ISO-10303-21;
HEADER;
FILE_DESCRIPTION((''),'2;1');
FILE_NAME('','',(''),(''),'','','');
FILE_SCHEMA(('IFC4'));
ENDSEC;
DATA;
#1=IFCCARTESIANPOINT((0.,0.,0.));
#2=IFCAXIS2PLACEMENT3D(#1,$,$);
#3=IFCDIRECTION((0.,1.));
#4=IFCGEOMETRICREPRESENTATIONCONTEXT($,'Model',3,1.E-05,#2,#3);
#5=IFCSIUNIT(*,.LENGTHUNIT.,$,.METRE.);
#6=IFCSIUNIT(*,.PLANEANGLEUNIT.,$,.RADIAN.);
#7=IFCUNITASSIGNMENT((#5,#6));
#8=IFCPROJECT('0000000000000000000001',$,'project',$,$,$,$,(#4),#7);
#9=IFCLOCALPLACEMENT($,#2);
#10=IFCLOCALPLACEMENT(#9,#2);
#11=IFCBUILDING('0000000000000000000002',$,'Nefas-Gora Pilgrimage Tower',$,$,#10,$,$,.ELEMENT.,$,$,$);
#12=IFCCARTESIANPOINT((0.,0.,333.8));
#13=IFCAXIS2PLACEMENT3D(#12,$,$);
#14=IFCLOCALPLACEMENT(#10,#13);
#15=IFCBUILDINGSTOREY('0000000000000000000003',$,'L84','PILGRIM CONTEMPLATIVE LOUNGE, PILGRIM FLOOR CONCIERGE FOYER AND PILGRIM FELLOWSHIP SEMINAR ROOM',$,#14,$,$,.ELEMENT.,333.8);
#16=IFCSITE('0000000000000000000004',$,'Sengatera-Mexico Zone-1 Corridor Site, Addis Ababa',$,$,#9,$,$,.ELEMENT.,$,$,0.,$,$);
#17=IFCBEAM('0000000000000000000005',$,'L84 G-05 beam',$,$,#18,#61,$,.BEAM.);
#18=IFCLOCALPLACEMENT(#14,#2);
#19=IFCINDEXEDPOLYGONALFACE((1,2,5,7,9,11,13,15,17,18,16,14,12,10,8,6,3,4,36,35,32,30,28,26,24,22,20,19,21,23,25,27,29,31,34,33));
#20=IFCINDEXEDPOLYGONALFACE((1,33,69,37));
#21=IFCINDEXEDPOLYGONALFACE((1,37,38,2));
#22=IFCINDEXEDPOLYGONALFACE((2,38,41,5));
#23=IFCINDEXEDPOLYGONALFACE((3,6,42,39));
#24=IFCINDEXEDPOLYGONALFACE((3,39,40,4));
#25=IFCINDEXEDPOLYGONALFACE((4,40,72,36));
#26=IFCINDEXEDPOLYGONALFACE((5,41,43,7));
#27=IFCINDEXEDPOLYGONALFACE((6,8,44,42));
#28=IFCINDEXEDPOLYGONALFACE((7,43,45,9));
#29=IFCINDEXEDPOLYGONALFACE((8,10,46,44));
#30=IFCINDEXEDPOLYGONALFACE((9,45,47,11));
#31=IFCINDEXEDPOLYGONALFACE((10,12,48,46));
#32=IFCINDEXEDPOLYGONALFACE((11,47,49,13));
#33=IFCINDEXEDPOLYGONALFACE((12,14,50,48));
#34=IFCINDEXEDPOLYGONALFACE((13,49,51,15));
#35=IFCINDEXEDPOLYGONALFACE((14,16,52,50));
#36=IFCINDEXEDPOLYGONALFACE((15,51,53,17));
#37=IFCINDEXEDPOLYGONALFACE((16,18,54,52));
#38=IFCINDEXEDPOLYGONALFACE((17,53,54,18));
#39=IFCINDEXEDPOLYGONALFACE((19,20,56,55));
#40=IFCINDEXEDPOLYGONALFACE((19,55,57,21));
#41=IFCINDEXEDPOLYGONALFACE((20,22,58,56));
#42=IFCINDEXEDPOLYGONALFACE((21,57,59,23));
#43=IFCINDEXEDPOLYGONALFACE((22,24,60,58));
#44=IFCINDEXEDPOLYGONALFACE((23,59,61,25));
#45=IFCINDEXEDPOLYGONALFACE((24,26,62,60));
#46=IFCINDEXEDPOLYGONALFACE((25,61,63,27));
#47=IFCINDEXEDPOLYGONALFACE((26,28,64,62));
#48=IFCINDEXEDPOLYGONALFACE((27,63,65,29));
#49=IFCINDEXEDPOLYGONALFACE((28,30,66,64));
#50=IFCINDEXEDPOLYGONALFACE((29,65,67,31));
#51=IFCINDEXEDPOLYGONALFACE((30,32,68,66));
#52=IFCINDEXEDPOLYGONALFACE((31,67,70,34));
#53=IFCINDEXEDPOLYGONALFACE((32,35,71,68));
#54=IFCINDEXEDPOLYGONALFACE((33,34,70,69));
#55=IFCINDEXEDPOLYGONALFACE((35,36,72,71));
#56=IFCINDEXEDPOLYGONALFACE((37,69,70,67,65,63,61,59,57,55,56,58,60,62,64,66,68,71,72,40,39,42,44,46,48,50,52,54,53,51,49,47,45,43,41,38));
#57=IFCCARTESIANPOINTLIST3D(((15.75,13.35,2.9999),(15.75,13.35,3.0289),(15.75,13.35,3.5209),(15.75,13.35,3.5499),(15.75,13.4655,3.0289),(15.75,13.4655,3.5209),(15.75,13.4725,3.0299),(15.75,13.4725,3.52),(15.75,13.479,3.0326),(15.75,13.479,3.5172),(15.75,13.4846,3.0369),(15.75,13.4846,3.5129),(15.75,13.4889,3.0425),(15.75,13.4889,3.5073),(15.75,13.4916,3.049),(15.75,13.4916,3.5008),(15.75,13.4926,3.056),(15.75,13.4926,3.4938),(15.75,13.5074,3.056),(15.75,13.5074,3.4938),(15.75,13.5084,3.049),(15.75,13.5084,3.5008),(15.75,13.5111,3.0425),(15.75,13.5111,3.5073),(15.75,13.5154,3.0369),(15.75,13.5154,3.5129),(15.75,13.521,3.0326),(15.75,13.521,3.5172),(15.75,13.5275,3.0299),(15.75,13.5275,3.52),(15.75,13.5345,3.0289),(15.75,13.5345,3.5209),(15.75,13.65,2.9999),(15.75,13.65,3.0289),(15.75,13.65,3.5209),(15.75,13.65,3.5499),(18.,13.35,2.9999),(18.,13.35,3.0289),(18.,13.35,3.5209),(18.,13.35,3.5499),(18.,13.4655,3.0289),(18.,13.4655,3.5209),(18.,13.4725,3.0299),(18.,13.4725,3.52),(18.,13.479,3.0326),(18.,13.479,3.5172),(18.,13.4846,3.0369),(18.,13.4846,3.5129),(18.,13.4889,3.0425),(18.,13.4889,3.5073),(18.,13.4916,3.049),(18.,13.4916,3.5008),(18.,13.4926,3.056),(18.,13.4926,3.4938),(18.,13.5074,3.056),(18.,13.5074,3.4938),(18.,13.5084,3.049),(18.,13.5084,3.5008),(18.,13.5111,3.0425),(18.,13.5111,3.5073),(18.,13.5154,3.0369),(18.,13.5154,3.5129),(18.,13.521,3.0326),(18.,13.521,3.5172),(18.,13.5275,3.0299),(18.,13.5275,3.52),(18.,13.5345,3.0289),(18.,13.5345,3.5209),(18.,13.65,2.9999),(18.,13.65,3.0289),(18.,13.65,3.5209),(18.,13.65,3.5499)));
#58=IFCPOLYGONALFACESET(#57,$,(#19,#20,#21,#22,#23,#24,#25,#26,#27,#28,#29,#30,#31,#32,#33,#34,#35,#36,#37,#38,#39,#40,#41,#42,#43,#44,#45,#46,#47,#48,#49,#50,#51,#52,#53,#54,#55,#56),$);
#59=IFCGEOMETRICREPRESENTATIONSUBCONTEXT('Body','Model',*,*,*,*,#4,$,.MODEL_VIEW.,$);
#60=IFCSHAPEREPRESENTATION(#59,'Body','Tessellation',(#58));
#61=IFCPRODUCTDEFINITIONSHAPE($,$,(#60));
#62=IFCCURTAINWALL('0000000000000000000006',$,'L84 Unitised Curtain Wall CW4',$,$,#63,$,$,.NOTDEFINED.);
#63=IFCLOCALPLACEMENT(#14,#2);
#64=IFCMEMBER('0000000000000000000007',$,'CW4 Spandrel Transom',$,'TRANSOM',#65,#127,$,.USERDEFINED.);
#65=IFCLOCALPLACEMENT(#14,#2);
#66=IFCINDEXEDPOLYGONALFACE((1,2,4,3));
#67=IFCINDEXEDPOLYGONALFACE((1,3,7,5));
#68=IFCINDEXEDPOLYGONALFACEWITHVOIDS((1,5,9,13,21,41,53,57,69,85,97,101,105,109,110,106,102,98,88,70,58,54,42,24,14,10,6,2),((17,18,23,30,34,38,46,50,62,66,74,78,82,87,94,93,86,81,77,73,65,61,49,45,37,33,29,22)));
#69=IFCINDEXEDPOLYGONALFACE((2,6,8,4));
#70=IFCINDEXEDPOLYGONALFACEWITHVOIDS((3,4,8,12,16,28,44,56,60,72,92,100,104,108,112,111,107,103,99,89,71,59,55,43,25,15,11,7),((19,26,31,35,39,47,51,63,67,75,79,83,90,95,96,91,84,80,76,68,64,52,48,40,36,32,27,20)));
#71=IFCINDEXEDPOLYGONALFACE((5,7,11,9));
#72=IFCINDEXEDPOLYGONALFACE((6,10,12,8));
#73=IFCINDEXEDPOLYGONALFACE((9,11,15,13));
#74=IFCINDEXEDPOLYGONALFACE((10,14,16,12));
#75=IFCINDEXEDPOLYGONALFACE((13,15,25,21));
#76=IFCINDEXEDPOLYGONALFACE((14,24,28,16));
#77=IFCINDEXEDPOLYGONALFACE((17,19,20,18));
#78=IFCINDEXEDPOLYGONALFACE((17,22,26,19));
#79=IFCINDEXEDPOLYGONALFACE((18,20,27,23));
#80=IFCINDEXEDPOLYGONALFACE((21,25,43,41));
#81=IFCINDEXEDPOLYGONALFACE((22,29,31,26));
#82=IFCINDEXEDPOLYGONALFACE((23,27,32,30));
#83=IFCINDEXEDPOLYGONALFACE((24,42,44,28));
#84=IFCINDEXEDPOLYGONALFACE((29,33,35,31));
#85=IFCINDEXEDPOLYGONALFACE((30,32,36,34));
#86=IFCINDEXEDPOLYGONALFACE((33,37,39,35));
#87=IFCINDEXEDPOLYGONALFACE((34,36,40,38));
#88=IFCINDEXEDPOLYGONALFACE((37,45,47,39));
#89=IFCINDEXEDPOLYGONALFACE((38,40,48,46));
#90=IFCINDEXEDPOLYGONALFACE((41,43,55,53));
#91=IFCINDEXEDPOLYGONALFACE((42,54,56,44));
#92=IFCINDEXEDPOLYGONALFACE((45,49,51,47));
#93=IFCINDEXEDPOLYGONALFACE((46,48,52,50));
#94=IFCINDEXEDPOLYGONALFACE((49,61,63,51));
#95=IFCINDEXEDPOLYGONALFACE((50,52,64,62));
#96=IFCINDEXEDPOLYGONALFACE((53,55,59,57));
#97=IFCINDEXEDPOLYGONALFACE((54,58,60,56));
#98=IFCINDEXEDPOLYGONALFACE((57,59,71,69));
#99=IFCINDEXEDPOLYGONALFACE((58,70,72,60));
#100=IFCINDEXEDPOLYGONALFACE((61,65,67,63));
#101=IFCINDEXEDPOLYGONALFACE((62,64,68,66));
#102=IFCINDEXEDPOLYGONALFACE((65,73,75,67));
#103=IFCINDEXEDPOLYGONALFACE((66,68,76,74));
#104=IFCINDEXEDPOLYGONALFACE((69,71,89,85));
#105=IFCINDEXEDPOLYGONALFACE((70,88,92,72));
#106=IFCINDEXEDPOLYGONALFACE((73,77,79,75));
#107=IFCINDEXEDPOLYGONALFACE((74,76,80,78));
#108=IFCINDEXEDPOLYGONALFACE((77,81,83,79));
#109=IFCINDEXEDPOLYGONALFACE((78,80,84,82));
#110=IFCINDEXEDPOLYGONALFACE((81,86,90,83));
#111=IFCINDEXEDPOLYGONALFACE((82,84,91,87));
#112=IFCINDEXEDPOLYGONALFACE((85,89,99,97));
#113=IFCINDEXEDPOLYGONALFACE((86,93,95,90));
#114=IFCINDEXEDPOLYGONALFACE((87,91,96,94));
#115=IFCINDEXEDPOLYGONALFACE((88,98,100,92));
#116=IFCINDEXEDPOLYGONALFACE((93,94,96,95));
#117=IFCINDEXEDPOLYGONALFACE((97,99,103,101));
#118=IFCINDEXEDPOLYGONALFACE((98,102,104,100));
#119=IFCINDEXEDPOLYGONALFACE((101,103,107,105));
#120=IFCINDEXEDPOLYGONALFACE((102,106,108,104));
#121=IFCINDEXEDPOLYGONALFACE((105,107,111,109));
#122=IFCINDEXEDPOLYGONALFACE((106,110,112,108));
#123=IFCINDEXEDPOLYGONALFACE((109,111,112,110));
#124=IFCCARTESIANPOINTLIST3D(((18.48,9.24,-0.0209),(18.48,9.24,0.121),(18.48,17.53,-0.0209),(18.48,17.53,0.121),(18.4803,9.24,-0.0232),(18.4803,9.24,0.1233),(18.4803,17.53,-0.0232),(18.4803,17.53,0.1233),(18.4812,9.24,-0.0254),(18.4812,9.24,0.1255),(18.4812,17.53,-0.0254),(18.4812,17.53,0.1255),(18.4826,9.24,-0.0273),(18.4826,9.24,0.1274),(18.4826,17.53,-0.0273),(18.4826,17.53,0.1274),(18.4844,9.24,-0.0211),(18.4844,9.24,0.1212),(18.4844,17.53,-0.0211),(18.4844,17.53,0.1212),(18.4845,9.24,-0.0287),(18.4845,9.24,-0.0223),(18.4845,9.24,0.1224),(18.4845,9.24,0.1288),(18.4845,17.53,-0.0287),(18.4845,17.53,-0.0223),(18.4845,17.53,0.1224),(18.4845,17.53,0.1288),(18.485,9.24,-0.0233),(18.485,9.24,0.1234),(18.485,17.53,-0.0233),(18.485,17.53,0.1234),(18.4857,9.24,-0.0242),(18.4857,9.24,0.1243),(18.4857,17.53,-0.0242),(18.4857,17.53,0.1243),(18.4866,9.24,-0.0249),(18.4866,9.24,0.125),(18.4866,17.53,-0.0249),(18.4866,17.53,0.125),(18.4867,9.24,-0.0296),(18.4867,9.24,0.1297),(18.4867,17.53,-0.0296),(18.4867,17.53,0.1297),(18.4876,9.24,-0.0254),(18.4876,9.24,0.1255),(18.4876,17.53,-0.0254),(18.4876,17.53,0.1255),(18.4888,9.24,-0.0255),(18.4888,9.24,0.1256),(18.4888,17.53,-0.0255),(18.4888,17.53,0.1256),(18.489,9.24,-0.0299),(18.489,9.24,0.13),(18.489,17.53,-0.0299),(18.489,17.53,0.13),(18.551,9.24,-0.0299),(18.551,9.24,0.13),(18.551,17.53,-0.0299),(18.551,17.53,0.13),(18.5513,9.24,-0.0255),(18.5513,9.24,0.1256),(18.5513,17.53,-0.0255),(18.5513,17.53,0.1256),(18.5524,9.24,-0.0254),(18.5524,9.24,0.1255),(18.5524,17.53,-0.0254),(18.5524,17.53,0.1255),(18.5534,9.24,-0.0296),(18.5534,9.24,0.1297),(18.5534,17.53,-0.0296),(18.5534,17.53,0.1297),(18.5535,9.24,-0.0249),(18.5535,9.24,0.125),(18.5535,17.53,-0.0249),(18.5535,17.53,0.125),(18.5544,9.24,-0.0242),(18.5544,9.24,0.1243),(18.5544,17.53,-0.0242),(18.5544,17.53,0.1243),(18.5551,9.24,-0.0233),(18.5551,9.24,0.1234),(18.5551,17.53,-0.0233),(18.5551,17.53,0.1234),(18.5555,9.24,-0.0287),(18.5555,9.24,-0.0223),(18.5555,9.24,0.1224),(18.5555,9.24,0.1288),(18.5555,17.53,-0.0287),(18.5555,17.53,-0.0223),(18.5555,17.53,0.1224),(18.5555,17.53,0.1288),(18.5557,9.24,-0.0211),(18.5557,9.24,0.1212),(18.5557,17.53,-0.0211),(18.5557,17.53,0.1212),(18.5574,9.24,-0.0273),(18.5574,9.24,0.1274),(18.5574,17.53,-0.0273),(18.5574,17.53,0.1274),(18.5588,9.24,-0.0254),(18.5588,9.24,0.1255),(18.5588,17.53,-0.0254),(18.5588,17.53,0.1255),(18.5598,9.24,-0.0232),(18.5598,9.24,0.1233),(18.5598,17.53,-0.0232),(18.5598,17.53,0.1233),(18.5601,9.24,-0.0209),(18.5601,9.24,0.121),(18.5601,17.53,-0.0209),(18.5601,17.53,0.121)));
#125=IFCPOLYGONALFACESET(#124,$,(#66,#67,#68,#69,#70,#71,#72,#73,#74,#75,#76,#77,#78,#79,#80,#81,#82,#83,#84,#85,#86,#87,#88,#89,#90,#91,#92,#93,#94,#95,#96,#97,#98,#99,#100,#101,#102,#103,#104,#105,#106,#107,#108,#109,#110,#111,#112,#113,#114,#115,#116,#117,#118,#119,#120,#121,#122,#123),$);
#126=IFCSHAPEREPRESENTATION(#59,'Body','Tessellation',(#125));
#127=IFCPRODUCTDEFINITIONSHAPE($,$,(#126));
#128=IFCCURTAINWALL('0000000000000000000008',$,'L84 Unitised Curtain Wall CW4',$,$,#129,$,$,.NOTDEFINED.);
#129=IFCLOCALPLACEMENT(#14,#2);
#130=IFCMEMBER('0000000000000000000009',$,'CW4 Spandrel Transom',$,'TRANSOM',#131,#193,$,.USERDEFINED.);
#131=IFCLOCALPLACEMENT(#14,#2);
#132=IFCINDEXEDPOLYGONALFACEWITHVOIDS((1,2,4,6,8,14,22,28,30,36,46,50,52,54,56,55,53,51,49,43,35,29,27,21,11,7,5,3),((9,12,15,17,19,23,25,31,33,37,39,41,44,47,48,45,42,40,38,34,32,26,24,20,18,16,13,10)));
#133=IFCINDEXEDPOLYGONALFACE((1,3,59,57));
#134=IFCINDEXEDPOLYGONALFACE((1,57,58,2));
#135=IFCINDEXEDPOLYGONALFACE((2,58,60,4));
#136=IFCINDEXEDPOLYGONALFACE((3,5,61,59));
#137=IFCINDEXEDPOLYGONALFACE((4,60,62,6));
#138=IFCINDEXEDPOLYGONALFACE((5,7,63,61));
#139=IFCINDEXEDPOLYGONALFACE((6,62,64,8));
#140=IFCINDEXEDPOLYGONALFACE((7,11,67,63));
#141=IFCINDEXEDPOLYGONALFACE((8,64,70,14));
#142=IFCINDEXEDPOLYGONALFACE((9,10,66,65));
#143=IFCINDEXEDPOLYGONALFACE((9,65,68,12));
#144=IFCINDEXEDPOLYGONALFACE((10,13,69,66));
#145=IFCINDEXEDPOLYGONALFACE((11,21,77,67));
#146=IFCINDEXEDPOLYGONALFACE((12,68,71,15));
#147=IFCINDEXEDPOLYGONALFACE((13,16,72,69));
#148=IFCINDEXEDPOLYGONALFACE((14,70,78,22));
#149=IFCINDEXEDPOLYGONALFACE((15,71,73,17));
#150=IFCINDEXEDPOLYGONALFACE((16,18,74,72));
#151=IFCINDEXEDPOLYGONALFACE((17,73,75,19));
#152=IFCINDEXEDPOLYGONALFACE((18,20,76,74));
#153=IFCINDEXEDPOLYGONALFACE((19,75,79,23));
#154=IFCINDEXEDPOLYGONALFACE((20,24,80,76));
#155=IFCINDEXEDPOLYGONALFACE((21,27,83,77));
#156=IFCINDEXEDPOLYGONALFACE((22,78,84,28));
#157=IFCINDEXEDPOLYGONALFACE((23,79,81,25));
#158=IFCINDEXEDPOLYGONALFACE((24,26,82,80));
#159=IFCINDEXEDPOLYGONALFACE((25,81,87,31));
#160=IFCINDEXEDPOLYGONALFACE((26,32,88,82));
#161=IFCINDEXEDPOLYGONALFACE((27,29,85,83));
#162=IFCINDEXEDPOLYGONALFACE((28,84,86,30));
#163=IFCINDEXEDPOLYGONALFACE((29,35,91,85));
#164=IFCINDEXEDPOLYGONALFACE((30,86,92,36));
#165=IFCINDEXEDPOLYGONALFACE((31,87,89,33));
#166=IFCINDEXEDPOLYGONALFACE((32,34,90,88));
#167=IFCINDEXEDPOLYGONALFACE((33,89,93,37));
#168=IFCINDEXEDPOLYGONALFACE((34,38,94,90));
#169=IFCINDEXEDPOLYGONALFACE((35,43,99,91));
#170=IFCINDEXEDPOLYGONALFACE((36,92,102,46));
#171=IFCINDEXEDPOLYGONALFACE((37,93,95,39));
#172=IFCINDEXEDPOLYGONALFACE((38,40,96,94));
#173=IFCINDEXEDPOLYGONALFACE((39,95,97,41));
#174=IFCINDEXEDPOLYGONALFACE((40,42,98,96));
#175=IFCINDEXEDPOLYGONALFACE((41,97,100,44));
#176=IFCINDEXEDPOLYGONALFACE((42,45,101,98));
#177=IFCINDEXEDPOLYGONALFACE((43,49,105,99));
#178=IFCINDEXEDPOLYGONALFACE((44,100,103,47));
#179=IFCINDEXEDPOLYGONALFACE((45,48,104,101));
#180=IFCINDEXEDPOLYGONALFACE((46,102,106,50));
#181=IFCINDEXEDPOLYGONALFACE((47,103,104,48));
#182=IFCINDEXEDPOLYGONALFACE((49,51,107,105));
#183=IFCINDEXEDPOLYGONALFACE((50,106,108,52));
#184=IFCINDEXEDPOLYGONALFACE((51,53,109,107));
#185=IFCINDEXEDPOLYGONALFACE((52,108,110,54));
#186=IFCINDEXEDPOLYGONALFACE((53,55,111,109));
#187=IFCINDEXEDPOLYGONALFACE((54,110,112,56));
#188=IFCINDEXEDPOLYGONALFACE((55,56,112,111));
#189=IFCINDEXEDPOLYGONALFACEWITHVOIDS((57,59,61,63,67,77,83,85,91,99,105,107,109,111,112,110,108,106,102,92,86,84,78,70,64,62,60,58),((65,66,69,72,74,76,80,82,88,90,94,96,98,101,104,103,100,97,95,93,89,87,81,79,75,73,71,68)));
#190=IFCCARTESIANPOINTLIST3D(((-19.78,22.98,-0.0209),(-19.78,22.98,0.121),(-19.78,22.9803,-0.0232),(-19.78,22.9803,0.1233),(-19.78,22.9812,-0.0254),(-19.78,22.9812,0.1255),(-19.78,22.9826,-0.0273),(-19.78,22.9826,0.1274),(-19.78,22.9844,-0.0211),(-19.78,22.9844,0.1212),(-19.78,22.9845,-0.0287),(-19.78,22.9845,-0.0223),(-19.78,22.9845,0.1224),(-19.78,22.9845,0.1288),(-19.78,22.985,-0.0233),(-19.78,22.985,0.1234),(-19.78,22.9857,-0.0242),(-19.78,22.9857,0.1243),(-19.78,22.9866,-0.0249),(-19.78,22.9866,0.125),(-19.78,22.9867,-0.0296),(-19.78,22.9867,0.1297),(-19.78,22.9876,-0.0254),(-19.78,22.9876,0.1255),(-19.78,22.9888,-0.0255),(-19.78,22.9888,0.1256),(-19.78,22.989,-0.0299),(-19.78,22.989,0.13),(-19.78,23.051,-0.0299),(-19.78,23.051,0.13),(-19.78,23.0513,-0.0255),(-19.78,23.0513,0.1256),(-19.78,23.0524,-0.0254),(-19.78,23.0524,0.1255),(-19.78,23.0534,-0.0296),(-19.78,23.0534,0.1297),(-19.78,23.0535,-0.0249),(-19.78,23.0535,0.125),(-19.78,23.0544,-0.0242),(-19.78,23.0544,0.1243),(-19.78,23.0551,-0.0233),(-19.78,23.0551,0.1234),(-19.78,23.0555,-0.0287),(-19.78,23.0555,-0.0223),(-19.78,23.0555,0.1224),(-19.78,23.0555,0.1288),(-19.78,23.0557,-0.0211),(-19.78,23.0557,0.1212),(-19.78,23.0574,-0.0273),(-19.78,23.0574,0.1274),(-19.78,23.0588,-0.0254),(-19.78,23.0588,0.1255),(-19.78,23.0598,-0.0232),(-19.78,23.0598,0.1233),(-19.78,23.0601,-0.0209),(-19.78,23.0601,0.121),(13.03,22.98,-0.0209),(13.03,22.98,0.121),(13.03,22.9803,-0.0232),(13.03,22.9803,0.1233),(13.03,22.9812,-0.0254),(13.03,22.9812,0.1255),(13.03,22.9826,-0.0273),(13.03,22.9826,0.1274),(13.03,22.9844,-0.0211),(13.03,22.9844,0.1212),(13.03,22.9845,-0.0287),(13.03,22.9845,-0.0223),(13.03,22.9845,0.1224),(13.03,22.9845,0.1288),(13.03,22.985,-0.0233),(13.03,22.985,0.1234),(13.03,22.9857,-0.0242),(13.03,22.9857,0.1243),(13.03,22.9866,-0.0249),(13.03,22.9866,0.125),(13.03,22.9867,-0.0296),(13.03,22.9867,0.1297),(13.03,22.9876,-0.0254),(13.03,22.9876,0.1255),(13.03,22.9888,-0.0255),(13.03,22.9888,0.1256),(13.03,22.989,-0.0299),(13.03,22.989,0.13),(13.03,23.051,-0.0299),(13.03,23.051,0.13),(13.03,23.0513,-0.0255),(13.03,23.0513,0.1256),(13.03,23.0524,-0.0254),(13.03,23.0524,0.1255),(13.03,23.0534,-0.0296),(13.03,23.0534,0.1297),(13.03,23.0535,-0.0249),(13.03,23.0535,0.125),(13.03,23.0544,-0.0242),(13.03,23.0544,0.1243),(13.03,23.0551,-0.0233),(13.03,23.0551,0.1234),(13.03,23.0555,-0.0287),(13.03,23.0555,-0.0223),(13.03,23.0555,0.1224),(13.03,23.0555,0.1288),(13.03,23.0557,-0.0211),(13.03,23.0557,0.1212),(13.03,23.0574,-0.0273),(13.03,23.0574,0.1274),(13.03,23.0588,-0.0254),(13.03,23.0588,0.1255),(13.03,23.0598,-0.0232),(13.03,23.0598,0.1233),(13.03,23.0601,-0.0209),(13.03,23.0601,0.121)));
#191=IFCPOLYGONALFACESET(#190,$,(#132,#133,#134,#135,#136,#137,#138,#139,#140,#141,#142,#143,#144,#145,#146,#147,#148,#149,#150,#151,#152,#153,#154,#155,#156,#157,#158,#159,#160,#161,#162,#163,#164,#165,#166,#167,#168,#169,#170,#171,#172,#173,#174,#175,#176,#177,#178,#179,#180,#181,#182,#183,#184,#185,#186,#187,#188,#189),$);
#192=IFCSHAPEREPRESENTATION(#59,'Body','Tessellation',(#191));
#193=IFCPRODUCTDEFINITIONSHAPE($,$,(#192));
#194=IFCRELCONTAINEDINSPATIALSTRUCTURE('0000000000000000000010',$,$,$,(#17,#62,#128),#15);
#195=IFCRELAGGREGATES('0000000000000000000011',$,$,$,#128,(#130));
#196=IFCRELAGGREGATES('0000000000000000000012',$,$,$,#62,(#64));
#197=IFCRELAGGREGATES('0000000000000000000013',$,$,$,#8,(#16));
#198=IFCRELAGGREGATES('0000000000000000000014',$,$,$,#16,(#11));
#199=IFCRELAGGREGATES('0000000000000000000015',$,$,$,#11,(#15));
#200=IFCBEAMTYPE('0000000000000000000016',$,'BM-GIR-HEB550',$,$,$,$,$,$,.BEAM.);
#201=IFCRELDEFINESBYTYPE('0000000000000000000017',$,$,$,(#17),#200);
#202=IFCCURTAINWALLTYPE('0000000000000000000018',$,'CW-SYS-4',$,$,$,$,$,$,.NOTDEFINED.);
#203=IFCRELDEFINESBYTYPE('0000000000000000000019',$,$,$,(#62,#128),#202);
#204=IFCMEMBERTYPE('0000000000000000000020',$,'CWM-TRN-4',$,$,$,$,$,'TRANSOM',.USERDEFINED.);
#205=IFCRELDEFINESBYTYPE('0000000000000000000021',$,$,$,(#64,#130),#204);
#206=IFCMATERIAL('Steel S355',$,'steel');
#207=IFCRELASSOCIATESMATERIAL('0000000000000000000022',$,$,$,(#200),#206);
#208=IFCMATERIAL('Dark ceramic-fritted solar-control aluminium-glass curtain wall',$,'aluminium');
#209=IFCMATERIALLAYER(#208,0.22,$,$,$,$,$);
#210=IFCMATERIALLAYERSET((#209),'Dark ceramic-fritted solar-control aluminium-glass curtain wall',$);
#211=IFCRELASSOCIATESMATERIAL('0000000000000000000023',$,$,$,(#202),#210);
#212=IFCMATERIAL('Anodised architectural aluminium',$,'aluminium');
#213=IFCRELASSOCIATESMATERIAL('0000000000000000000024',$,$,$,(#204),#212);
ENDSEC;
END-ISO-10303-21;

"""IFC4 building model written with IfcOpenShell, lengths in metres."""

from ifc_helpers import new_model, si_unit, direction, frame, origin, origin_2d, place, context, subcontext, project, spatial, hollow_rectangle, i_section, extrude, source, transform, mapped, material, layer, layer_set, material_profile, profile_set, type_object, element, aggregate, save


model = new_model("IFC4")

# Units and contexts
model_context = context("Model", 3, precision=1e-05, world=origin(), true_north=direction((0.0, 1.0)))
body_context = subcontext(model_context, "Body", "Model", "MODEL_VIEW")
ifc_project = project(units=[si_unit("LENGTHUNIT", "METRE"), si_unit("PLANEANGLEUNIT", "RADIAN")], contexts=[model_context])

# Site, building, storey
site_placement = place(None, origin())
site = spatial("IfcSite", under=ifc_project, at=site_placement, Name="Sengatera-Mexico Zone-1 Corridor Site, Addis Ababa", CompositionType="ELEMENT", RefElevation=0.0)
building_placement = place(site_placement, origin())
building = spatial("IfcBuilding", under=site, at=building_placement, Name="Nefas-Gora Pilgrimage Tower", CompositionType="ELEMENT")
storey_placement = place(building_placement, frame((0.0, 0.0, 333.8)))
storey = spatial("IfcBuildingStorey", under=building, at=storey_placement, Name="L84", Description="PILGRIM CONTEMPLATIVE LOUNGE, PILGRIM FLOOR CONCIERGE FOYER AND PILGRIM FELLOWSHIP SEMINAR ROOM", CompositionType="ELEMENT", Elevation=333.8)

# Shared definitions
ifc_material_1 = material(Name="Steel S355", Category="steel")

# Beam
ifc_material_profile_1 = material_profile(ifc_material_1, i_section(OverallWidth=0.3, OverallDepth=0.55, WebThickness=0.0149, FlangeThickness=0.0291, FilletRadius=0.0271, at=origin_2d()), Name="HEB 550")
ifc_profile_set_1 = profile_set([ifc_material_profile_1], Name="Steel S355")
beam_type_1 = type_object("IfcBeamType", Name="BM-GIR-HEB550", PredefinedType="BEAM", material=ifc_profile_set_1)
shared_shape_1 = source(origin(), body_context, "Body", "SweptSolid", [
    extrude(i_section(OverallWidth=0.3, OverallDepth=0.55, WebThickness=0.0149, FlangeThickness=0.0291, FilletRadius=0.0271, at=origin_2d()), origin(), (0.0, 0.0, 1.0), 2.25),
])
for number, where, z_axis, x_axis, name in (
    (1, (15.75, 13.5, 3.2749), (1.0, 0.0, 0.0), (0.0, 1.0, 0.0), "L84 G-05 beam"),
):
    element("IfcBeam", number, at=place(storey_placement, frame(where, z_axis=z_axis, x_axis=x_axis)), inside=storey, type_object=beam_type_1, Name=name, PredefinedType="BEAM", context=body_context, shape_type="MappedRepresentation", body=[
        mapped(shared_shape_1, transform((0.0, 0.0, 0.0), x_axis=(1.0, 0.0, 0.0), y_axis=(0.0, 1.0, 0.0), z_axis=(0.0, 0.0, 1.0), scale=1.0)),
    ])

# Curtain wall, member
ifc_material_2 = material(Name="Dark ceramic-fritted solar-control aluminium-glass curtain wall", Category="aluminium")
ifc_layer_1 = layer(ifc_material_2, 0.22)
ifc_layer_set_1 = layer_set([ifc_layer_1], Name="Dark ceramic-fritted solar-control aluminium-glass curtain wall")
curtain_wall_type = type_object("IfcCurtainWallType", Name="CW-SYS-4", PredefinedType="NOTDEFINED", material=ifc_layer_set_1)
curtain_wall_1_placement = place(storey_placement, origin())
curtain_wall_1 = element("IfcCurtainWall", 2, at=curtain_wall_1_placement, inside=storey, type_object=curtain_wall_type, Name="L84 Unitised Curtain Wall CW4", PredefinedType="NOTDEFINED")
ifc_material_3 = material(Name="Anodised architectural aluminium", Category="aluminium")
ifc_material_profile_2 = material_profile(ifc_material_3, hollow_rectangle(XDim=0.0801, YDim=0.1599, WallThickness=0.0044, InnerFilletRadius=0.0044, OuterFilletRadius=0.009, at=origin_2d()), Name="ALU TRANSOM 80x160")
ifc_profile_set_2 = profile_set([ifc_material_profile_2], Name="Anodised architectural aluminium")
member_type_1 = type_object("IfcMemberType", Name="CWM-TRN-4", ElementType="TRANSOM", PredefinedType="USERDEFINED", material=ifc_profile_set_2)
shared_shape_2 = source(origin(), body_context, "Body", "SweptSolid", [
    extrude(hollow_rectangle(XDim=0.0801, YDim=0.1599, WallThickness=0.0044, InnerFilletRadius=0.0044, OuterFilletRadius=0.009, at=origin_2d()), origin(), (0.0, 0.0, 1.0), 8.29),
])
member_1_placement = place(storey_placement, frame((18.52, 9.24, 0.05), z_axis=(0.0, 1.0, 0.0), x_axis=(-1.0, 0.0, 0.0)))
member_1 = element("IfcMember", 3, at=member_1_placement, type_object=member_type_1, Name="CW4 Spandrel Transom", ObjectType="TRANSOM", PredefinedType="USERDEFINED", context=body_context, shape_type="MappedRepresentation", body=[
    mapped(shared_shape_2, transform((0.0, 0.0, 0.0), x_axis=(1.0, 0.0, 0.0), y_axis=(0.0, 1.0, 0.0), z_axis=(0.0, 0.0, 1.0), scale=1.0)),
])

# Curtain wall, member
curtain_wall_2_placement = place(storey_placement, origin())
curtain_wall_2 = element("IfcCurtainWall", 4, at=curtain_wall_2_placement, inside=storey, type_object=curtain_wall_type, Name="L84 Unitised Curtain Wall CW4", PredefinedType="NOTDEFINED")
shared_shape_3 = source(origin(), body_context, "Body", "SweptSolid", [
    extrude(hollow_rectangle(XDim=0.0801, YDim=0.1599, WallThickness=0.0044, InnerFilletRadius=0.0044, OuterFilletRadius=0.009, at=origin_2d()), origin(), (0.0, 0.0, 1.0), 32.8101),
])
member_2_placement = place(storey_placement, frame((13.03, 23.02, 0.05), z_axis=(-1.0, 0.0, 0.0), x_axis=(0.0, -1.0, 0.0)))
member_2 = element("IfcMember", 5, at=member_2_placement, type_object=member_type_1, Name="CW4 Spandrel Transom", ObjectType="TRANSOM", PredefinedType="USERDEFINED", context=body_context, shape_type="MappedRepresentation", body=[
    mapped(shared_shape_3, transform((0.0, 0.0, 0.0), x_axis=(1.0, 0.0, 0.0), y_axis=(0.0, 1.0, 0.0), z_axis=(0.0, 0.0, 1.0), scale=1.0)),
])
aggregate(curtain_wall_2, [member_2])

aggregate(curtain_wall_1, [member_1])

save(model, "model.ifc")
